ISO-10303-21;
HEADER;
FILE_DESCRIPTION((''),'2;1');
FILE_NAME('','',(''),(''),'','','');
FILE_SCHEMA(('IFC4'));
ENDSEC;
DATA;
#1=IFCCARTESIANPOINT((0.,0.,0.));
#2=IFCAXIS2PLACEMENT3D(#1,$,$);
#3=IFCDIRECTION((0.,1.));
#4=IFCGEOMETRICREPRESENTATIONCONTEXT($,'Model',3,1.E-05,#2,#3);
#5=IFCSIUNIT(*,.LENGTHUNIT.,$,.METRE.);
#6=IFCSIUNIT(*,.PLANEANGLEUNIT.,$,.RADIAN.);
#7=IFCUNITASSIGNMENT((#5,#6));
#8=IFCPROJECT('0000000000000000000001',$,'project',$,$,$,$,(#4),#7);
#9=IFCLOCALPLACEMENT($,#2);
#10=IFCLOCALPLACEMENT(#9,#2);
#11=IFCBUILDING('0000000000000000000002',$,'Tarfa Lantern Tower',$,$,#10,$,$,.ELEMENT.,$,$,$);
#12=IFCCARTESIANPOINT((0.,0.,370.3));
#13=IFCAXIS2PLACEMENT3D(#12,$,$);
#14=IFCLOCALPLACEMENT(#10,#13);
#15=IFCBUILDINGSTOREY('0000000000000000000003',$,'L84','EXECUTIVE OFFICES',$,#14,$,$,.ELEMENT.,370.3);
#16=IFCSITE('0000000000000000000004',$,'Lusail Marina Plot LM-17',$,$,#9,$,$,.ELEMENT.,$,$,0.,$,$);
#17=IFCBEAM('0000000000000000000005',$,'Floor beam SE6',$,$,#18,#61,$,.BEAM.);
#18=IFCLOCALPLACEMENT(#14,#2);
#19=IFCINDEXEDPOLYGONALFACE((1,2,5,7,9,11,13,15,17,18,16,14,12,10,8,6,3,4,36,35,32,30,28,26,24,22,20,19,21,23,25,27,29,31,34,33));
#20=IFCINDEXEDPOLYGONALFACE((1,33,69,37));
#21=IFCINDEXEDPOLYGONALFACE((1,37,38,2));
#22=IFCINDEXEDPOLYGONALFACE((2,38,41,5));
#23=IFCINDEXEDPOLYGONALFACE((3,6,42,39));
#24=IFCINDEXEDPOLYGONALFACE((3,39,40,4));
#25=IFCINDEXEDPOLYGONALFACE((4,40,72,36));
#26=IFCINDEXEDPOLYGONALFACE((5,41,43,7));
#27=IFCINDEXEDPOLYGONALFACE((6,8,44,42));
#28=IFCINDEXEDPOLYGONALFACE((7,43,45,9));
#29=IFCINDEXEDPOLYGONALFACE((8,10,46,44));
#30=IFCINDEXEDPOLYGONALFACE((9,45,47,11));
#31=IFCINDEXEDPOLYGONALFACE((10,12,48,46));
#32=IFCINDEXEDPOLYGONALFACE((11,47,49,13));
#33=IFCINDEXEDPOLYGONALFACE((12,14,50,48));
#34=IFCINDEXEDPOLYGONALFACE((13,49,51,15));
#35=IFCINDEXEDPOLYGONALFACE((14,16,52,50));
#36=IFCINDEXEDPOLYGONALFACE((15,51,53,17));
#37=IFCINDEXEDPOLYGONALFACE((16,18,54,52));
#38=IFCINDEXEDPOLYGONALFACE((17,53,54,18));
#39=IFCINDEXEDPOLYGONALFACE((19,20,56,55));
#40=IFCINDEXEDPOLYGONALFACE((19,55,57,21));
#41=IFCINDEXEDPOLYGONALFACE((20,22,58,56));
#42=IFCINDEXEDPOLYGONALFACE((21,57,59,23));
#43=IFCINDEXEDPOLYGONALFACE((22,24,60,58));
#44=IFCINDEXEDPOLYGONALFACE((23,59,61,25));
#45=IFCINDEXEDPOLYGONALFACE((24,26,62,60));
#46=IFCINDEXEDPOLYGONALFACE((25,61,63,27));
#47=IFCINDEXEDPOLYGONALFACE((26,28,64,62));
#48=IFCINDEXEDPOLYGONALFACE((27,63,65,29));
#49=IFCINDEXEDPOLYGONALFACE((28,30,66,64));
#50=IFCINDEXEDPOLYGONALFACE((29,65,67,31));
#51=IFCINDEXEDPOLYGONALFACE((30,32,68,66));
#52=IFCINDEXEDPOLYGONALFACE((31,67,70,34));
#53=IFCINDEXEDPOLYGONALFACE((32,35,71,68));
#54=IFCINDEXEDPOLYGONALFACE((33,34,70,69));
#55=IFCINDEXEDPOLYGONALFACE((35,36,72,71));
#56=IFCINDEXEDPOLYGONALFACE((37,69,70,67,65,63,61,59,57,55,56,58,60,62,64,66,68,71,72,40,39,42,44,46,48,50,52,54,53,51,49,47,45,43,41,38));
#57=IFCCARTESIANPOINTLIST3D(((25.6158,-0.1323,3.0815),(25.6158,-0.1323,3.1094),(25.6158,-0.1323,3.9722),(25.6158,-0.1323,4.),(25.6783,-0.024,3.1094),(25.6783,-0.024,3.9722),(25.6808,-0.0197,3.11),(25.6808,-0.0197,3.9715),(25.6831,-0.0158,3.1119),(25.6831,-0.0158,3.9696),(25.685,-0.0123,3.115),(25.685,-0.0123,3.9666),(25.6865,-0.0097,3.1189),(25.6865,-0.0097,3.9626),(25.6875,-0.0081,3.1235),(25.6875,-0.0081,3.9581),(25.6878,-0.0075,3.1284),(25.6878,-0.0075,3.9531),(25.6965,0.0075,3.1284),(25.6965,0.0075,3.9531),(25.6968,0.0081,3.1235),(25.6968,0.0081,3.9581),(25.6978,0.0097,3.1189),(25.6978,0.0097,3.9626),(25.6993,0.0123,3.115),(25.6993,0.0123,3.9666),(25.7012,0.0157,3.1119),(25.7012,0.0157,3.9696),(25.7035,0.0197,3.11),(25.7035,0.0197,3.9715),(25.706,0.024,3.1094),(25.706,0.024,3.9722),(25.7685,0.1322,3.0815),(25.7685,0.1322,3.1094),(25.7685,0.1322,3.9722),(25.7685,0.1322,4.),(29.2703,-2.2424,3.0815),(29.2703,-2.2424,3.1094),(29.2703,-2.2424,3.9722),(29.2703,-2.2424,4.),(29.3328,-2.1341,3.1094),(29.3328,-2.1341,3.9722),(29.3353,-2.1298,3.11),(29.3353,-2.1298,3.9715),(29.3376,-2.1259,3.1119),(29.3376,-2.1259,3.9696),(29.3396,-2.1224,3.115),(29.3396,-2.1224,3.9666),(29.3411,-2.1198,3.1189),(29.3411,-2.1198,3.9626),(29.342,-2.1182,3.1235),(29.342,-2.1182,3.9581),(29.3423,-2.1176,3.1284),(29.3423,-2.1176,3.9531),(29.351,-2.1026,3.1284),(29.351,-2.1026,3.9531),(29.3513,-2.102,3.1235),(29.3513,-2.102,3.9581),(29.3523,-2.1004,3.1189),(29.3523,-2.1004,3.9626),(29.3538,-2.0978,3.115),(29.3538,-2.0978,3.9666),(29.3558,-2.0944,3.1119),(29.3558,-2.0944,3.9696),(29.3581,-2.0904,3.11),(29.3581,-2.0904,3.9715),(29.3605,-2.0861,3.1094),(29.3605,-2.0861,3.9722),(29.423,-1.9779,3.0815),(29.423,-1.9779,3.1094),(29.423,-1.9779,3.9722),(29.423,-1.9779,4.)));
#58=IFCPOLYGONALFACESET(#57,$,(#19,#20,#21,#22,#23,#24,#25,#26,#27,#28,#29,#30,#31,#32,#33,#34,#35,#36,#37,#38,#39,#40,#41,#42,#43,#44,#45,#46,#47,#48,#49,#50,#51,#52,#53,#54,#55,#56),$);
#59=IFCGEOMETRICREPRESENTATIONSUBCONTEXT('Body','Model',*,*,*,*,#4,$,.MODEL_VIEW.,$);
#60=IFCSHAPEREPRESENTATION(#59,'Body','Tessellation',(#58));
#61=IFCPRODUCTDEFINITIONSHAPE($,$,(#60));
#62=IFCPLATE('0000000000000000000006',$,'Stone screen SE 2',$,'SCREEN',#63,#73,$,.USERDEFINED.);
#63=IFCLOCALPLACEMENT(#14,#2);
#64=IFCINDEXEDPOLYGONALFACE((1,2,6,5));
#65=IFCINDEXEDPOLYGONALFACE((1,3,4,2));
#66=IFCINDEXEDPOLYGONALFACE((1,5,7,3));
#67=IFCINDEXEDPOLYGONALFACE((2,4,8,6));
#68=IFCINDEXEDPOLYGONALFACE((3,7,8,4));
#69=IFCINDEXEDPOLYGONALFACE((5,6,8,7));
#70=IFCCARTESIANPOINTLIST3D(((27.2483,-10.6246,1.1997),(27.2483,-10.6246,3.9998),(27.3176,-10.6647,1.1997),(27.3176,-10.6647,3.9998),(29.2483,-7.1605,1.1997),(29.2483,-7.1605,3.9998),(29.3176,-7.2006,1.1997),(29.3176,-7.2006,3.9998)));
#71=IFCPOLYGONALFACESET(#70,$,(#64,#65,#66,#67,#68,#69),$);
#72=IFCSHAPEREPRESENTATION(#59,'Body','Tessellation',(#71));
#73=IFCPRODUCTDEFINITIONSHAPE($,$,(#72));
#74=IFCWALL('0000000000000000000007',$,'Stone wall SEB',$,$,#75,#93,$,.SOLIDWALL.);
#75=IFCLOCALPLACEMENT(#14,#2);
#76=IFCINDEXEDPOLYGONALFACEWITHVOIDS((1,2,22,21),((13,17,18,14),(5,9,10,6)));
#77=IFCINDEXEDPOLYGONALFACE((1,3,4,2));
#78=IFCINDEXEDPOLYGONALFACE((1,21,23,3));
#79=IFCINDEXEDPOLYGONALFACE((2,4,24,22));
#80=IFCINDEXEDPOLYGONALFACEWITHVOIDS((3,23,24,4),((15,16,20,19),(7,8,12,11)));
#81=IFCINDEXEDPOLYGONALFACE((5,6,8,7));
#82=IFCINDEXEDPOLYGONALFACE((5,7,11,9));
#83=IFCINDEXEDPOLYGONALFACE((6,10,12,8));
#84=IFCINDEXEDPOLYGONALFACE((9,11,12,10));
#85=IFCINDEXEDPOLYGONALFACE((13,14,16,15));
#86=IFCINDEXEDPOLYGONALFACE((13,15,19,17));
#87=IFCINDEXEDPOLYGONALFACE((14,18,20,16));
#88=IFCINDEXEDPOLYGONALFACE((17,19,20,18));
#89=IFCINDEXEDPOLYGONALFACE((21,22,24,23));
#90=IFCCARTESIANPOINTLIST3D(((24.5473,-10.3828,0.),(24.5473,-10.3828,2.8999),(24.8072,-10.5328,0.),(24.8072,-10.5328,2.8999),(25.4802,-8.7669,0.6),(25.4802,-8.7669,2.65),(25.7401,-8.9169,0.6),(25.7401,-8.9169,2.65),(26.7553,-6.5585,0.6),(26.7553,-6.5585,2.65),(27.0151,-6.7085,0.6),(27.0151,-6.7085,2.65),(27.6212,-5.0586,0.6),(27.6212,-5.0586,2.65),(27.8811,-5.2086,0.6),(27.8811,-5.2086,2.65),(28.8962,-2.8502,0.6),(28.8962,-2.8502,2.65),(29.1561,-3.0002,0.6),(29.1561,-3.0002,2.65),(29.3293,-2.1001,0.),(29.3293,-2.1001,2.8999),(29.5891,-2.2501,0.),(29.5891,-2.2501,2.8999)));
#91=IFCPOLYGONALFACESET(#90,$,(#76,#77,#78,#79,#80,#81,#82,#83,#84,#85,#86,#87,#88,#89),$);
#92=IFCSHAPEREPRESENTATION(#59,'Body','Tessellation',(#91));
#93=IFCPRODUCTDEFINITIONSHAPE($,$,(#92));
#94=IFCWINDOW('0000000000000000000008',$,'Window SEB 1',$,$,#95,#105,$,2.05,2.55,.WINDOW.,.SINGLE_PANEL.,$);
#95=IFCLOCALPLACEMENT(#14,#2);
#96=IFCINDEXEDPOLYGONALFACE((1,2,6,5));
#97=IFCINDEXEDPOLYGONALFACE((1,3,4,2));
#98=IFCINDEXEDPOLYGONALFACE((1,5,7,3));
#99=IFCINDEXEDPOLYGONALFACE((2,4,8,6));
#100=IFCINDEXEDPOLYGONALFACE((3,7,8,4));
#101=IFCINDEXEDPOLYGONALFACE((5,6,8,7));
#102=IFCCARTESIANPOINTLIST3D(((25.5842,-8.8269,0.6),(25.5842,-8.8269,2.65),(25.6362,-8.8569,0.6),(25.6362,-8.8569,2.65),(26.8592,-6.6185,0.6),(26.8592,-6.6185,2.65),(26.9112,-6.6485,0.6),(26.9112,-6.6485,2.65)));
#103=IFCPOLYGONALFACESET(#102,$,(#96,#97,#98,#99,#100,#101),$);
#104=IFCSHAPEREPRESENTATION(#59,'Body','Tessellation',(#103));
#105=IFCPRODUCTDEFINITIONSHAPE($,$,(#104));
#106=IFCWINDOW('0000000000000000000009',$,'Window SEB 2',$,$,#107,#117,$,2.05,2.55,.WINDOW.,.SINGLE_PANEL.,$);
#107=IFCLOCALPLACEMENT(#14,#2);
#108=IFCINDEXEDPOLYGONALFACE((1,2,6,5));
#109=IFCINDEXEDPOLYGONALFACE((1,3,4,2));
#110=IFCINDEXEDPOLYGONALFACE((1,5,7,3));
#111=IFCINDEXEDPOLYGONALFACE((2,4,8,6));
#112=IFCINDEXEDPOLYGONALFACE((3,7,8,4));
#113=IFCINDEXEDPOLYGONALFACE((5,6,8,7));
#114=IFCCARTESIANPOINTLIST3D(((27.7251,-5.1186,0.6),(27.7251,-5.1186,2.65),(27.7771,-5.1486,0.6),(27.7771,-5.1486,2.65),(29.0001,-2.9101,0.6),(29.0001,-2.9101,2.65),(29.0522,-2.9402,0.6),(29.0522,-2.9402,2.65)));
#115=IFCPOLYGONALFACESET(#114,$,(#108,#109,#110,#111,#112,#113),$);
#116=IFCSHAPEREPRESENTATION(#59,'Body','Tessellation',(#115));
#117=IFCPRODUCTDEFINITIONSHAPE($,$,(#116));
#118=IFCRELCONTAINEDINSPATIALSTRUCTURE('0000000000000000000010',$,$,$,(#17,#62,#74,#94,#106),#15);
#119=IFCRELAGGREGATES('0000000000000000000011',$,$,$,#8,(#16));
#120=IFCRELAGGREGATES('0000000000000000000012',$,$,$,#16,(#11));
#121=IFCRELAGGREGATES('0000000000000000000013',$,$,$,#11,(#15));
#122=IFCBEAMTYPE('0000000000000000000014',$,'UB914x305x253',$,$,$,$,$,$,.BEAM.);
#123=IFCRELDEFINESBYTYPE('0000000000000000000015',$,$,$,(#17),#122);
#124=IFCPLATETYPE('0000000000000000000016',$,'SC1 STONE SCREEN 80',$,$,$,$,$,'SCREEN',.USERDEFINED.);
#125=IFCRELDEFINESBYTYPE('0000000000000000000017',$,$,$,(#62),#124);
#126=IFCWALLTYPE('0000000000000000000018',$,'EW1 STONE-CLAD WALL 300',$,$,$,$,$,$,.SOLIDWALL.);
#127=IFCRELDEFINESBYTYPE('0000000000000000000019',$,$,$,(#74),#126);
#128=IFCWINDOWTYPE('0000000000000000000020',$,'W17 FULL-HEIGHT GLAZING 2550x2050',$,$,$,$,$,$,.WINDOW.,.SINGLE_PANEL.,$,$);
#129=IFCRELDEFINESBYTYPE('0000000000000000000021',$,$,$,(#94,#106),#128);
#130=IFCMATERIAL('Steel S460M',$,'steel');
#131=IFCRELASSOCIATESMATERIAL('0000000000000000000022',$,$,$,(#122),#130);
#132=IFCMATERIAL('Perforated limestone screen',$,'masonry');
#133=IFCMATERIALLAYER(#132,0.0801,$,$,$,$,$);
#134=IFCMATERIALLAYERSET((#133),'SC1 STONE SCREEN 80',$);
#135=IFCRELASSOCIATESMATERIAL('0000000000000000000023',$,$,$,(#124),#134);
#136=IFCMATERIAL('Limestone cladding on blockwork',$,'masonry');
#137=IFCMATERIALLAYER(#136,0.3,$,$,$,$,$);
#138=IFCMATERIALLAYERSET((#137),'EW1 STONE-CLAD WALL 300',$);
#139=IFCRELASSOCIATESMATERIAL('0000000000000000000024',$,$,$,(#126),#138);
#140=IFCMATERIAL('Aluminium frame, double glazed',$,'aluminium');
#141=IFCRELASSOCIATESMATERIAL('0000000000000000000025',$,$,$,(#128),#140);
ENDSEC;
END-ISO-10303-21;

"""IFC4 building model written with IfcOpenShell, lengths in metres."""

from ifc_helpers import new_model, si_unit, direction, frame, frame_2d, origin, origin_2d, place, context, subcontext, project, spatial, rectangle, i_section, extrude, material, layer, layer_set, material_profile, profile_set, type_object, element, fill, save


model = new_model("IFC4")

# Units and contexts
model_context = context("Model", 3, precision=1e-05, world=origin(), true_north=direction((0.0, 1.0)))
body_context = subcontext(model_context, "Body", "Model", "MODEL_VIEW")
ifc_project = project(units=[si_unit("LENGTHUNIT", "METRE"), si_unit("PLANEANGLEUNIT", "RADIAN")], contexts=[model_context])

# Site, building, storey
site_placement = place(None, origin())
site = spatial("IfcSite", under=ifc_project, at=site_placement, Name="Lusail Marina Plot LM-17", CompositionType="ELEMENT", RefElevation=0.0)
building_placement = place(site_placement, origin())
building = spatial("IfcBuilding", under=site, at=building_placement, Name="Tarfa Lantern Tower", CompositionType="ELEMENT")
storey_placement = place(building_placement, frame((0.0, 0.0, 370.3)))
storey = spatial("IfcBuildingStorey", under=building, at=storey_placement, Name="L84", Description="EXECUTIVE OFFICES", CompositionType="ELEMENT", Elevation=370.3)

# Beam
ifc_material_1 = material(Name="Steel S460M", Category="steel")
ifc_material_profile_1 = material_profile(ifc_material_1, i_section(OverallWidth=0.3054, OverallDepth=0.9185, WebThickness=0.0173, FlangeThickness=0.0278, FilletRadius=0.019, at=origin_2d()), Name="UB914x305x253")
ifc_profile_set_1 = profile_set([ifc_material_profile_1], Name="Steel S460M")
beam_type_1 = type_object("IfcBeamType", Name="UB914x305x253", PredefinedType="BEAM", material=ifc_profile_set_1)
beam_1_placement = place(storey_placement, frame((29.3467, -2.1101, 3.5408), z_axis=(-0.866009, 0.500028, 0.0), x_axis=(-0.500028, -0.866009, 0.0)))
element("IfcBeam", 1, at=beam_1_placement, inside=storey, type_object=beam_type_1, Name="Floor beam SE6", PredefinedType="BEAM", context=body_context, shape_type="SweptSolid", body=[
    extrude(i_section(OverallWidth=0.3054, OverallDepth=0.9185, WebThickness=0.0173, FlangeThickness=0.0278, FilletRadius=0.019, at=origin_2d()), origin(), (0.0, 0.0, 1.0), 4.22),
])

# Plate
ifc_material_2 = material(Name="Perforated limestone screen", Category="masonry")
ifc_layer_1 = layer(ifc_material_2, 0.0801)
ifc_layer_set_1 = layer_set([ifc_layer_1], Name="SC1 STONE SCREEN 80")
plate_type = type_object("IfcPlateType", Name="SC1 STONE SCREEN 80", ElementType="SCREEN", PredefinedType="USERDEFINED", material=ifc_layer_set_1)
plate_placement = place(storey_placement, frame((28.283, -8.9126, 1.1997), z_axis=(0.0, 0.0, 1.0), x_axis=(0.5, 0.866025, 0.0)))
element("IfcPlate", 2, at=plate_placement, inside=storey, type_object=plate_type, Name="Stone screen SE 2", ObjectType="SCREEN", PredefinedType="USERDEFINED", context=body_context, shape_type="SweptSolid", body=[
    extrude(rectangle(XDim=4.0, YDim=0.0801, at=origin_2d()), origin(), (0.0, 0.0, 1.0), 2.8),
])

# Wall, openings, windows
ifc_material_3 = material(Name="Limestone cladding on blockwork", Category="masonry")
ifc_layer_2 = layer(ifc_material_3, 0.3)
ifc_layer_set_2 = layer_set([ifc_layer_2], Name="EW1 STONE-CLAD WALL 300")
wall_type = type_object("IfcWallType", Name="EW1 STONE-CLAD WALL 300", PredefinedType="SOLIDWALL", material=ifc_layer_set_2)
wall_placement = place(storey_placement, frame((24.6772, -10.4578, 0.0), z_axis=(0.0, 0.0, 1.0), x_axis=(0.499996, 0.866027, 0.0)))
wall = element("IfcWall", 3, at=wall_placement, inside=storey, type_object=wall_type, Name="Stone wall SEB", PredefinedType="SOLIDWALL", context=body_context, shape_type="SweptSolid", body=[
    extrude(rectangle(XDim=9.564, YDim=0.3, at=frame_2d((4.782, 0.0))), origin(), (0.0, 0.0, 1.0), 2.8999),
])
opening_1_placement = place(wall_placement, frame((1.866, 0.0, 0.6001)))
opening_1 = element("IfcOpeningElement", 4, at=opening_1_placement, cuts=wall, PredefinedType="OPENING", context=body_context, shape_type="SweptSolid", body=[
    extrude(rectangle(XDim=2.55, YDim=2.05, at=frame_2d((1.2749, 1.0249))), frame((0.0, 0.1599, 0.0), z_axis=(0.0, -1.0, 0.0), x_axis=(1.0, 0.0, 0.0)), (0.0, 0.0, 1.0), 0.3201),
])
opening_2_placement = place(wall_placement, frame((6.1479, 0.0, 0.6001)))
opening_2 = element("IfcOpeningElement", 5, at=opening_2_placement, cuts=wall, PredefinedType="OPENING", context=body_context, shape_type="SweptSolid", body=[
    extrude(rectangle(XDim=2.55, YDim=2.05, at=frame_2d((1.2749, 1.0249))), frame((0.0, 0.1599, 0.0), z_axis=(0.0, -1.0, 0.0), x_axis=(1.0, 0.0, 0.0)), (0.0, 0.0, 1.0), 0.3201),
])
ifc_material_4 = material(Name="Aluminium frame, double glazed", Category="aluminium")
window_type = type_object("IfcWindowType", Name="W17 FULL-HEIGHT GLAZING 2550x2050", PartitioningType="SINGLE_PANEL", PredefinedType="WINDOW", material=ifc_material_4)
window_1_placement = place(opening_1_placement, origin())
window_1 = element("IfcWindow", 6, at=window_1_placement, inside=storey, type_object=window_type, Name="Window SEB 1", OverallHeight=2.05, OverallWidth=2.55, PartitioningType="SINGLE_PANEL", PredefinedType="WINDOW", context=body_context, shape_type="SweptSolid", body=[
    extrude(rectangle(XDim=2.55, YDim=2.05, at=frame_2d((1.2749, 1.0249))), frame((0.0, 0.03, 0.0), z_axis=(0.0, -1.0, 0.0), x_axis=(1.0, 0.0, 0.0)), (0.0, 0.0, 1.0), 0.0601),
])
fill(opening_1, window_1)
window_2_placement = place(opening_2_placement, origin())
window_2 = element("IfcWindow", 7, at=window_2_placement, inside=storey, type_object=window_type, Name="Window SEB 2", OverallHeight=2.05, OverallWidth=2.55, PartitioningType="SINGLE_PANEL", PredefinedType="WINDOW", context=body_context, shape_type="SweptSolid", body=[
    extrude(rectangle(XDim=2.55, YDim=2.05, at=frame_2d((1.2749, 1.0249))), frame((0.0, 0.03, 0.0), z_axis=(0.0, -1.0, 0.0), x_axis=(1.0, 0.0, 0.0)), (0.0, 0.0, 1.0), 0.0601),
])
fill(opening_2, window_2)

save(model, "model.ifc")
